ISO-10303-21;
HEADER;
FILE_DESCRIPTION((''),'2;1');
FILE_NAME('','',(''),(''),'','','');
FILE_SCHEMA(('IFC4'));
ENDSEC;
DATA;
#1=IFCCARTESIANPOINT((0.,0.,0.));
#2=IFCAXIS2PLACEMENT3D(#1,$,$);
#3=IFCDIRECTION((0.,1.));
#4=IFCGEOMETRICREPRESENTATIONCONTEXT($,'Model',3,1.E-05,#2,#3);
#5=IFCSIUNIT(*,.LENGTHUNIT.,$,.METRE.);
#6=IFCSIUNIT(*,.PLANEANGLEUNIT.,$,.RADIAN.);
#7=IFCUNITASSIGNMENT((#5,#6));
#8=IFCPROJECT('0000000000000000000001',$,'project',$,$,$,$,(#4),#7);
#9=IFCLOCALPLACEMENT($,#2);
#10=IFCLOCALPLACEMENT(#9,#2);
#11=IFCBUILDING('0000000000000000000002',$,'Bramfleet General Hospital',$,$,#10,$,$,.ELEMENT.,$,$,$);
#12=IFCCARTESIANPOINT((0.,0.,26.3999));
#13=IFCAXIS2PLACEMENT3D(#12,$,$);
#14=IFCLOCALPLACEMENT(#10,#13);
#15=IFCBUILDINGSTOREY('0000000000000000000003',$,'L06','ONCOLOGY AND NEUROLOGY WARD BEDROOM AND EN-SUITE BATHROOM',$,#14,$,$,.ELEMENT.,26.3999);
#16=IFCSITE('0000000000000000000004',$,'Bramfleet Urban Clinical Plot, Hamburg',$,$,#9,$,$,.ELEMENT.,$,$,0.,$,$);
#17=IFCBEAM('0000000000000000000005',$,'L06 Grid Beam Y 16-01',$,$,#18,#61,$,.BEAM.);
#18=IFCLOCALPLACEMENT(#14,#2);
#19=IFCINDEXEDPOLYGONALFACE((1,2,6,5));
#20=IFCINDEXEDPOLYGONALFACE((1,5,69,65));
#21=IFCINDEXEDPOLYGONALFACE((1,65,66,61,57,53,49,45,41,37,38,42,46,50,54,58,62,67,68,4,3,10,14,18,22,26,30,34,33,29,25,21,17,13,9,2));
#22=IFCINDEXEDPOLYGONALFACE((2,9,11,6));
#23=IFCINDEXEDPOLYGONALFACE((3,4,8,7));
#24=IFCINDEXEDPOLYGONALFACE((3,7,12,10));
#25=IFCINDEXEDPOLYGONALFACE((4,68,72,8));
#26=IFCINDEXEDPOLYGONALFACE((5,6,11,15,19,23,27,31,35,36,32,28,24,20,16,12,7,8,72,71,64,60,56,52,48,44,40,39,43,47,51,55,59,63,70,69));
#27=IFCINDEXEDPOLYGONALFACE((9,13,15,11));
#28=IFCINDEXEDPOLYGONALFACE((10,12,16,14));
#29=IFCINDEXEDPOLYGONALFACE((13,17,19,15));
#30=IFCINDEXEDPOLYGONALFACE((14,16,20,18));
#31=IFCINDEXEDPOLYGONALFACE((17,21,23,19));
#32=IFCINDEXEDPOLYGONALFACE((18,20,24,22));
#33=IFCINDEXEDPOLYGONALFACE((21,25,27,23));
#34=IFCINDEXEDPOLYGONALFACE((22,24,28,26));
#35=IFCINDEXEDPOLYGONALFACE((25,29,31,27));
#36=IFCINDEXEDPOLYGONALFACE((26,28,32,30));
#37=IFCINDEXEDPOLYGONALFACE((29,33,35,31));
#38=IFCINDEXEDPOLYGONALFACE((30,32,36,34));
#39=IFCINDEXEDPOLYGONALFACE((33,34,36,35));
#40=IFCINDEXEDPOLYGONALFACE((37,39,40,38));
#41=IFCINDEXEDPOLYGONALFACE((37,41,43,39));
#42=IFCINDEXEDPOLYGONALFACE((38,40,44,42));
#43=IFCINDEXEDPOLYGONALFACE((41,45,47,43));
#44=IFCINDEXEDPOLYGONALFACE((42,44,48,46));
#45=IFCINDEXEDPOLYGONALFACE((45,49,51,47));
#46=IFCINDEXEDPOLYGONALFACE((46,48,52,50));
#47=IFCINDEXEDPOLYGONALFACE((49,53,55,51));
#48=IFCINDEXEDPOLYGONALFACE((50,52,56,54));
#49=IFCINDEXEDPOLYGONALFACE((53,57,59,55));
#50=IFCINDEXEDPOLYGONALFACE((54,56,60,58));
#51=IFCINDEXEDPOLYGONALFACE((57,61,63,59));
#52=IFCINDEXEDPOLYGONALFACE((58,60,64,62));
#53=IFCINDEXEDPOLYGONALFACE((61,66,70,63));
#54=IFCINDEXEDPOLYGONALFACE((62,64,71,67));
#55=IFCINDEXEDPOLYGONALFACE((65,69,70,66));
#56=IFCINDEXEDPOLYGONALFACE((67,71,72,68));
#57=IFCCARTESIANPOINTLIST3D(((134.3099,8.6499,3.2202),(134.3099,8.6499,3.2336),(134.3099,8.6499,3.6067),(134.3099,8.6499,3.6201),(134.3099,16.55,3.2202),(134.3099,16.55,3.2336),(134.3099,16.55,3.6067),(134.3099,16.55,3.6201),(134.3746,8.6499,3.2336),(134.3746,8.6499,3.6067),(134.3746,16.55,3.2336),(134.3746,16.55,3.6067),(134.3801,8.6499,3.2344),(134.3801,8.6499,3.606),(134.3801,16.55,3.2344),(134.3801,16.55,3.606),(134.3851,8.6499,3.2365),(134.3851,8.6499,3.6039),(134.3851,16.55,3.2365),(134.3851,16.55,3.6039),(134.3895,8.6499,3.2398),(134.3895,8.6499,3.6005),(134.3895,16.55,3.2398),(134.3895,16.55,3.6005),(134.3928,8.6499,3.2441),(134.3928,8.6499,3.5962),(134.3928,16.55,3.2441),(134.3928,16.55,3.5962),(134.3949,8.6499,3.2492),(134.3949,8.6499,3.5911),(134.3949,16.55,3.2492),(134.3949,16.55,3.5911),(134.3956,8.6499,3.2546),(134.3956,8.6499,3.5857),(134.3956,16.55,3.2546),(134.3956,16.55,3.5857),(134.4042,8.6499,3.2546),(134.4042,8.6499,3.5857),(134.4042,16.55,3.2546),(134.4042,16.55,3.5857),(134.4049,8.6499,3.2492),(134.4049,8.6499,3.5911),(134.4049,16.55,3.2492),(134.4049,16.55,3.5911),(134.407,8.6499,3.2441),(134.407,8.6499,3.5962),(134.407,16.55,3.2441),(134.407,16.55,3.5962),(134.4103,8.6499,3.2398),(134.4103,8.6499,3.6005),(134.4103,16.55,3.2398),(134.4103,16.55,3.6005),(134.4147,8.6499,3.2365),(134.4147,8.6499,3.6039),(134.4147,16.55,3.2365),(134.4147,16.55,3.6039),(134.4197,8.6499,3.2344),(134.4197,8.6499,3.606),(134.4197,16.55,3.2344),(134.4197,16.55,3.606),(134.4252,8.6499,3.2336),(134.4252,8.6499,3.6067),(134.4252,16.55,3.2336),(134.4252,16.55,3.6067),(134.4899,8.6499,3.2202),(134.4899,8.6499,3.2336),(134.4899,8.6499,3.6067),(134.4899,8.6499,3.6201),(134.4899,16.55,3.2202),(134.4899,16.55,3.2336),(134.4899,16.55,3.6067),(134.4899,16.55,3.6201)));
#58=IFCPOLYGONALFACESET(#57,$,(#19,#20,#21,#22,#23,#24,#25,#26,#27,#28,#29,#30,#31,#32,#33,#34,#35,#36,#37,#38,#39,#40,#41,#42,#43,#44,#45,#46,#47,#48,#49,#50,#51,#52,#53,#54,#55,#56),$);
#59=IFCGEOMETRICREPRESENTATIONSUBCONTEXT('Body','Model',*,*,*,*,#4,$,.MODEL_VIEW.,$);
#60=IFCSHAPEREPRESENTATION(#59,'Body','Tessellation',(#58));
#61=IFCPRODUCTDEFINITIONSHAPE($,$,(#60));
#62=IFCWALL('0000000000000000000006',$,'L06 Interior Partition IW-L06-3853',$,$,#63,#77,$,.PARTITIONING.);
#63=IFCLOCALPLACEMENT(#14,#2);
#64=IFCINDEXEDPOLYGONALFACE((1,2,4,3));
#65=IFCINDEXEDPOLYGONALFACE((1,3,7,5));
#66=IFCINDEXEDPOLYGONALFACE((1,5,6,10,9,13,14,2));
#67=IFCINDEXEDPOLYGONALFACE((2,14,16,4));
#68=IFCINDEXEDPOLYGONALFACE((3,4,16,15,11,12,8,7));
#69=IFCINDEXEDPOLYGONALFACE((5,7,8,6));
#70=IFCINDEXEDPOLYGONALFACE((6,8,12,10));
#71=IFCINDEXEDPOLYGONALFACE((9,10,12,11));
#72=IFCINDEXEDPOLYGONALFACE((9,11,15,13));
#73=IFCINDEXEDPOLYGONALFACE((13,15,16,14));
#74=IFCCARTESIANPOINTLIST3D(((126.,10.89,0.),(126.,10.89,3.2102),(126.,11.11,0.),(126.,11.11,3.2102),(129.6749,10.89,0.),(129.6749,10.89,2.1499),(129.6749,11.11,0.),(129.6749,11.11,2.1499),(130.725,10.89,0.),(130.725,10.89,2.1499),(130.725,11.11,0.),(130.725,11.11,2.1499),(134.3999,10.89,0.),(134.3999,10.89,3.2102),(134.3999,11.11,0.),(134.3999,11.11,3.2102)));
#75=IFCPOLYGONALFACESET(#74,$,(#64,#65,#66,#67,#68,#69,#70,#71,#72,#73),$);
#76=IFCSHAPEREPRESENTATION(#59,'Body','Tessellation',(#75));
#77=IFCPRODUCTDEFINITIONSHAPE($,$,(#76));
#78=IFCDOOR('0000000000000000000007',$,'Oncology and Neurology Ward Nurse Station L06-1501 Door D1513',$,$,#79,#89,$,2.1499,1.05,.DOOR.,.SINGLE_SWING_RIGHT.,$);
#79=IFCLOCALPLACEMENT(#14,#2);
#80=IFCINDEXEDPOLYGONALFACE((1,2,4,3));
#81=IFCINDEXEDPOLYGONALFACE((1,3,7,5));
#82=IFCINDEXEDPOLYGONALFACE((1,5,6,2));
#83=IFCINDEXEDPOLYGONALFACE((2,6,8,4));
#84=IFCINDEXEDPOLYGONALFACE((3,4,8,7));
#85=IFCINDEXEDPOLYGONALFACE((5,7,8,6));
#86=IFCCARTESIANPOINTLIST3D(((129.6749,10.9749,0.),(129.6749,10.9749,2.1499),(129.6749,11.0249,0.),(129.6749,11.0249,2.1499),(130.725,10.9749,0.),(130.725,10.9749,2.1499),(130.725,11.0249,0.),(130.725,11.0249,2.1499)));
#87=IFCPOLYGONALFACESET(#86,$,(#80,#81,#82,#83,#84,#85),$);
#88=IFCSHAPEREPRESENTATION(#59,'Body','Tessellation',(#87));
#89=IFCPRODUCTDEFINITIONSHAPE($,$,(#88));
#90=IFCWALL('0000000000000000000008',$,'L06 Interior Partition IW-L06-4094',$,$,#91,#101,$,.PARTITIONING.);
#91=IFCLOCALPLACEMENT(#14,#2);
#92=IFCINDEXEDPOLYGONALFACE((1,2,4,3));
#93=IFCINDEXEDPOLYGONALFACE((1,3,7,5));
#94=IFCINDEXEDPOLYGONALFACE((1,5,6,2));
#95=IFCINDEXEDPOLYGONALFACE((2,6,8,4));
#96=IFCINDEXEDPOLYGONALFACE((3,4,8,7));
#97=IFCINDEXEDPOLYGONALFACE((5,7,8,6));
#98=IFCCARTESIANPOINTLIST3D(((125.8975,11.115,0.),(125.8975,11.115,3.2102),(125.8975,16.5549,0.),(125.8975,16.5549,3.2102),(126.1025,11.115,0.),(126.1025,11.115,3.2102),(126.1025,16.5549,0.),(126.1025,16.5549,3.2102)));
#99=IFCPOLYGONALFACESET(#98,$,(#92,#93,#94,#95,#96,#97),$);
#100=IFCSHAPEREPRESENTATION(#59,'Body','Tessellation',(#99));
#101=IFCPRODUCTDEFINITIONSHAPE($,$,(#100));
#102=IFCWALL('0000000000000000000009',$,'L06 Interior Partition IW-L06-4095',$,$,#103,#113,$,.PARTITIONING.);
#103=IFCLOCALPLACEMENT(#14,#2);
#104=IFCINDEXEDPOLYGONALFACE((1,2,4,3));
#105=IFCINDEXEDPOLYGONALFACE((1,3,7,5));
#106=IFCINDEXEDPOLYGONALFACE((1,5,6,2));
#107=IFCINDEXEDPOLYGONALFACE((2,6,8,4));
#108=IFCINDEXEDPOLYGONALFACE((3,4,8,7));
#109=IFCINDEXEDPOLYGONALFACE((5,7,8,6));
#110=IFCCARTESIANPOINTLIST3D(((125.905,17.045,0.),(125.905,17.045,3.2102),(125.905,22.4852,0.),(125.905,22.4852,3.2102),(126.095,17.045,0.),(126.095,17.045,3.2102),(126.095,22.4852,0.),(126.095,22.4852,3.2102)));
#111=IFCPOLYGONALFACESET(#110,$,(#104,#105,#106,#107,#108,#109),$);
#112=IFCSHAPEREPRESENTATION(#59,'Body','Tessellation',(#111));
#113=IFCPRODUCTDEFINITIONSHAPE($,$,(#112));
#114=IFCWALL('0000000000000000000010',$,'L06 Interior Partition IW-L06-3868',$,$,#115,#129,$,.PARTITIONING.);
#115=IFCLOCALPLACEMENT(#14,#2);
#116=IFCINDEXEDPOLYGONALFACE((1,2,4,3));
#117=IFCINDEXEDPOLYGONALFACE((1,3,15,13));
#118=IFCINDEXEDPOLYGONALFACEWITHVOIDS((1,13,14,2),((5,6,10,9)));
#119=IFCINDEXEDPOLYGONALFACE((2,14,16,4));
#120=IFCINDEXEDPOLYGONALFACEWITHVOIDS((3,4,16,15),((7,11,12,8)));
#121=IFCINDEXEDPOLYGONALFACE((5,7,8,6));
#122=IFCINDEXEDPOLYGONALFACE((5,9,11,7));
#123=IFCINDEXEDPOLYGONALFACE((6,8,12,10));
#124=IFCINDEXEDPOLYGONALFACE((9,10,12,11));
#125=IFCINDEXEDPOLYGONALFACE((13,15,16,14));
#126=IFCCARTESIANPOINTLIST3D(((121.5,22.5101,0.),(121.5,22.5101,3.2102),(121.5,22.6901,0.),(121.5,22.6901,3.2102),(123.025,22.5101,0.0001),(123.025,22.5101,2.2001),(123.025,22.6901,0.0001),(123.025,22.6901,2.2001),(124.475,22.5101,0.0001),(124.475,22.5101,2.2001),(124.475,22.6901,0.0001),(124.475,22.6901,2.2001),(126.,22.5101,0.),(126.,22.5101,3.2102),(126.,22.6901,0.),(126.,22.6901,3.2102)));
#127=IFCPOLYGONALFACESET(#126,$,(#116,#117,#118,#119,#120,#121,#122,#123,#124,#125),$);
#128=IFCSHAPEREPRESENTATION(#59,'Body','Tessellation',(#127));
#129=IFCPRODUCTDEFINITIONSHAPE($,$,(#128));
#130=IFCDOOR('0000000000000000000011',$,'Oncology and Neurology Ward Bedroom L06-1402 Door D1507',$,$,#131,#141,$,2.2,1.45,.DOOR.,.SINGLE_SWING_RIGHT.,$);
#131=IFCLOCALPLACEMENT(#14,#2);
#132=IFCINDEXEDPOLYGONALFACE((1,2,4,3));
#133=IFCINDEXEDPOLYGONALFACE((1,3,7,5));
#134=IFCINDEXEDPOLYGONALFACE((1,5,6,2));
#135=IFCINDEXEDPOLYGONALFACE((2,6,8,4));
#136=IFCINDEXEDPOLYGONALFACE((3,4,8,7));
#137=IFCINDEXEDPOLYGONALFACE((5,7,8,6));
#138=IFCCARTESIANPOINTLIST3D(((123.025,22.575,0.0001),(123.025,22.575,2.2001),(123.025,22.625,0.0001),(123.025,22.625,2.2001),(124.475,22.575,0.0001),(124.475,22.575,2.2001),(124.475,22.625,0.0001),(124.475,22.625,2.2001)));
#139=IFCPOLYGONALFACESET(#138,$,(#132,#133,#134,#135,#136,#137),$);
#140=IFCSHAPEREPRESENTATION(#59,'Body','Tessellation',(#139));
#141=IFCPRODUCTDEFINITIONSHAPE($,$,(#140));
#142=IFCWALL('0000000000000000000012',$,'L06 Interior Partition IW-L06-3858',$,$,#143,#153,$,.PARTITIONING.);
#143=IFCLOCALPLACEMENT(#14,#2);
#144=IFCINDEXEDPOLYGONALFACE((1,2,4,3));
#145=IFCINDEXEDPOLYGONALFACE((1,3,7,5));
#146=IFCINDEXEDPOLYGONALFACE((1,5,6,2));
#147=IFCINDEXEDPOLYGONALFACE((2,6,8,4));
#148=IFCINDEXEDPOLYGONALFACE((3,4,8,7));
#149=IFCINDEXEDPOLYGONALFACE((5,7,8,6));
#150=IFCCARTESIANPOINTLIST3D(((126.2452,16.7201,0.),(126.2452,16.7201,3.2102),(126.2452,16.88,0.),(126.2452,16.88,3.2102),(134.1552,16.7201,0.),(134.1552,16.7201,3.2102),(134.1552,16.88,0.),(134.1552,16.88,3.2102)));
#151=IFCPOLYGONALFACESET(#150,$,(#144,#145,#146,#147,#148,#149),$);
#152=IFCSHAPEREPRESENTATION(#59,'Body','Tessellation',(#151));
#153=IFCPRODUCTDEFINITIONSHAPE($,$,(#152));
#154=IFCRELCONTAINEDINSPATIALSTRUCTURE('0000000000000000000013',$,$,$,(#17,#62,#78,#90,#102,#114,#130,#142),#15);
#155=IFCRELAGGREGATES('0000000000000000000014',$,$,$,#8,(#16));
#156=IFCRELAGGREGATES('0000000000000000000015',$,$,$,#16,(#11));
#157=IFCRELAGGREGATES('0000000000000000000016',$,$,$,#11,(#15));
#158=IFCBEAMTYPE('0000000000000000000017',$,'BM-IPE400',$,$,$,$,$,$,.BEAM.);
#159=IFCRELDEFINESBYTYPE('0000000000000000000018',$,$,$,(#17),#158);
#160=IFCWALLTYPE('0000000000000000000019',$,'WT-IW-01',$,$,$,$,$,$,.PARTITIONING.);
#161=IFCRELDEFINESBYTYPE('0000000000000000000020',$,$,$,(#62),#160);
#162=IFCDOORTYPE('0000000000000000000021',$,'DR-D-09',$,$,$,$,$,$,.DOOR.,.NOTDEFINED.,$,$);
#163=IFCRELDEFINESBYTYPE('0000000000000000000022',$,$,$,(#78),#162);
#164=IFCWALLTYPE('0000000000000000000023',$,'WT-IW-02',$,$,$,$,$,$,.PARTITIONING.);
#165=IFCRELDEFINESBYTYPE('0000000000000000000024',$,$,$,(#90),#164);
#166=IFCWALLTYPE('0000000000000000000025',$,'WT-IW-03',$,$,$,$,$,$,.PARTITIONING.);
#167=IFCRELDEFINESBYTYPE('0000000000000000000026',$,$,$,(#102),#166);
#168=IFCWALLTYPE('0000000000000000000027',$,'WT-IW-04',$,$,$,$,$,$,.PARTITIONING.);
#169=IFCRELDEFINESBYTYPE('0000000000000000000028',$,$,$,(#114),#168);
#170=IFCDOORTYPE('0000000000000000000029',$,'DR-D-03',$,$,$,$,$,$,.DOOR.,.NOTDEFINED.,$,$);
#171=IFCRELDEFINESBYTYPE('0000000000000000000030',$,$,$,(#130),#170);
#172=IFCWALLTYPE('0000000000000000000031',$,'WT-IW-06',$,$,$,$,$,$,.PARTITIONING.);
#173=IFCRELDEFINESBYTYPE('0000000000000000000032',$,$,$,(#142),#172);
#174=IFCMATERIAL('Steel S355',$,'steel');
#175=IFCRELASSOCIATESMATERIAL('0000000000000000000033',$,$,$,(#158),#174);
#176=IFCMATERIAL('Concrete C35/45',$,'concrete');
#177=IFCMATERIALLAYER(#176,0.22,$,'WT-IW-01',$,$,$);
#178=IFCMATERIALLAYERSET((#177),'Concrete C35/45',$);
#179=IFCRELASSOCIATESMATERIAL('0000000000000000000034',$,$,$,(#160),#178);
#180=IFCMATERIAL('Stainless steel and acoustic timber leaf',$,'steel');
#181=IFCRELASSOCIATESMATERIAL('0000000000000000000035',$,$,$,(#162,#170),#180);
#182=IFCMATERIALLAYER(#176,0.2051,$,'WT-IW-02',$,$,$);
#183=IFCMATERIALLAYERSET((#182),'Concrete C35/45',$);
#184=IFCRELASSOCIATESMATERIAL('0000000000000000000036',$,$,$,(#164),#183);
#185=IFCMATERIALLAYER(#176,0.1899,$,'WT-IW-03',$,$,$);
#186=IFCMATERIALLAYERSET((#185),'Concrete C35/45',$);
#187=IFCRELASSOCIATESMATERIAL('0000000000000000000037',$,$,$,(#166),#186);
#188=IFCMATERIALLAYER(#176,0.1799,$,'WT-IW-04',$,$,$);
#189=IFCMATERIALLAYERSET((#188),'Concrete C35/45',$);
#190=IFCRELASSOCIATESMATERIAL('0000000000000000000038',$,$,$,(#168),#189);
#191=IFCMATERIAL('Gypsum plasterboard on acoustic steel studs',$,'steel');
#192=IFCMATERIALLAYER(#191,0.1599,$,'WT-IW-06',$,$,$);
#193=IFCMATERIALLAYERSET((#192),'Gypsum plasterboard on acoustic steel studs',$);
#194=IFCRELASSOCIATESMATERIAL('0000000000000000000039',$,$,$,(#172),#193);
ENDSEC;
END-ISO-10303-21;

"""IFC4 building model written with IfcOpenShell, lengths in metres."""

from ifc_helpers import new_model, si_unit, direction, frame, frame_2d, origin, origin_2d, place, context, subcontext, project, spatial, rectangle, i_section, extrude, material, layer, layer_set, material_profile, profile_set, type_object, element, fill, save


model = new_model("IFC4")

# Units and contexts
model_context = context("Model", 3, precision=1e-05, world=origin(), true_north=direction((0.0, 1.0)))
body_context = subcontext(model_context, "Body", "Model", "MODEL_VIEW")
ifc_project = project(units=[si_unit("LENGTHUNIT", "METRE"), si_unit("PLANEANGLEUNIT", "RADIAN")], contexts=[model_context])

# Site, building, storey
site_placement = place(None, origin())
site = spatial("IfcSite", under=ifc_project, at=site_placement, Name="Bramfleet Urban Clinical Plot, Hamburg", CompositionType="ELEMENT", RefElevation=0.0)
building_placement = place(site_placement, origin())
building = spatial("IfcBuilding", under=site, at=building_placement, Name="Bramfleet General Hospital", CompositionType="ELEMENT")
storey_placement = place(building_placement, frame((0.0, 0.0, 26.3999)))
storey = spatial("IfcBuildingStorey", under=building, at=storey_placement, Name="L06", Description="ONCOLOGY AND NEUROLOGY WARD BEDROOM AND EN-SUITE BATHROOM", CompositionType="ELEMENT", Elevation=26.3999)

# Beam
ifc_material_1 = material(Name="Steel S355", Category="steel")
ifc_material_profile_1 = material_profile(ifc_material_1, i_section(OverallWidth=0.1799, OverallDepth=0.3999, WebThickness=0.0085, FlangeThickness=0.0134, FilletRadius=0.021, at=origin_2d()), Name="IPE 400")
ifc_profile_set_1 = profile_set([ifc_material_profile_1], Name="Steel S355")
beam_type_1 = type_object("IfcBeamType", Name="BM-IPE400", PredefinedType="BEAM", material=ifc_profile_set_1)
beam_1_placement = place(storey_placement, frame((134.3999, 8.6499, 3.4202), z_axis=(0.0, 1.0, 0.0), x_axis=(-1.0, 0.0, 0.0)))
element("IfcBeam", 1, at=beam_1_placement, inside=storey, type_object=beam_type_1, Name="L06 Grid Beam Y 16-01", PredefinedType="BEAM", context=body_context, shape_type="SweptSolid", body=[
    extrude(i_section(OverallWidth=0.1799, OverallDepth=0.3999, WebThickness=0.0085, FlangeThickness=0.0134, FilletRadius=0.021, at=origin_2d()), origin(), (0.0, 0.0, 1.0), 7.9001),
])

# Wall, opening, door
ifc_material_2 = material(Name="Concrete C35/45", Category="concrete")
ifc_layer_1 = layer(ifc_material_2, 0.22, Name="WT-IW-01")
ifc_layer_set_1 = layer_set([ifc_layer_1], Name="Concrete C35/45")
wall_type_1 = type_object("IfcWallType", Name="WT-IW-01", PredefinedType="PARTITIONING", material=ifc_layer_set_1)
wall_1_placement = place(storey_placement, frame((126.0, 11.0, 0.0), z_axis=(0.0, 0.0, 1.0), x_axis=(1.0, 0.0, 0.0)))
wall_1 = element("IfcWall", 2, at=wall_1_placement, inside=storey, type_object=wall_type_1, Name="L06 Interior Partition IW-L06-3853", PredefinedType="PARTITIONING", context=body_context, shape_type="SweptSolid", body=[
    extrude(rectangle(XDim=8.3999, YDim=0.22, at=frame_2d((4.2, 0.0))), origin(), (0.0, 0.0, 1.0), 3.2102),
])
opening_1_placement = place(wall_1_placement, frame((3.675, 0.0, 0.0)))
opening_1 = element("IfcOpeningElement", 3, at=opening_1_placement, cuts=wall_1, PredefinedType="OPENING", context=body_context, shape_type="SweptSolid", body=[
    extrude(rectangle(XDim=1.05, YDim=2.1499, at=frame_2d((0.5249, 1.075))), frame((0.0, 0.1199, 0.0), z_axis=(0.0, -1.0, 0.0), x_axis=(1.0, 0.0, 0.0)), (0.0, 0.0, 1.0), 0.24),
])
ifc_material_3 = material(Name="Stainless steel and acoustic timber leaf", Category="steel")
door_type_1 = type_object("IfcDoorType", Name="DR-D-09", OperationType="NOTDEFINED", PredefinedType="DOOR", material=ifc_material_3)
door_1_placement = place(opening_1_placement, origin())
door_1 = element("IfcDoor", 4, at=door_1_placement, inside=storey, type_object=door_type_1, Name="Oncology and Neurology Ward Nurse Station L06-1501 Door D1513", OperationType="SINGLE_SWING_RIGHT", OverallHeight=2.1499, OverallWidth=1.05, PredefinedType="DOOR", context=body_context, shape_type="SweptSolid", body=[
    extrude(rectangle(XDim=1.05, YDim=2.1499, at=frame_2d((0.5249, 1.075))), frame((0.0, 0.0249, 0.0), z_axis=(0.0, -1.0, 0.0), x_axis=(1.0, 0.0, 0.0)), (0.0, 0.0, 1.0), 0.05),
])
fill(opening_1, door_1)

# Walls
ifc_layer_2 = layer(ifc_material_2, 0.2051, Name="WT-IW-02")
ifc_layer_set_2 = layer_set([ifc_layer_2], Name="Concrete C35/45")
wall_type_2 = type_object("IfcWallType", Name="WT-IW-02", PredefinedType="PARTITIONING", material=ifc_layer_set_2)
wall_2_placement = place(storey_placement, frame((126.0, 11.115, 0.0), z_axis=(0.0, 0.0, 1.0), x_axis=(0.0, 1.0, 0.0)))
element("IfcWall", 5, at=wall_2_placement, inside=storey, type_object=wall_type_2, Name="L06 Interior Partition IW-L06-4094", PredefinedType="PARTITIONING", context=body_context, shape_type="SweptSolid", body=[
    extrude(rectangle(XDim=5.4399, YDim=0.2051, at=frame_2d((2.72, 0.0))), origin(), (0.0, 0.0, 1.0), 3.2102),
])
ifc_layer_3 = layer(ifc_material_2, 0.1899, Name="WT-IW-03")
ifc_layer_set_3 = layer_set([ifc_layer_3], Name="Concrete C35/45")
wall_type_3 = type_object("IfcWallType", Name="WT-IW-03", PredefinedType="PARTITIONING", material=ifc_layer_set_3)
wall_3_placement = place(storey_placement, frame((126.0, 17.0449, 0.0), z_axis=(0.0, 0.0, 1.0), x_axis=(0.0, 1.0, 0.0)))
element("IfcWall", 6, at=wall_3_placement, inside=storey, type_object=wall_type_3, Name="L06 Interior Partition IW-L06-4095", PredefinedType="PARTITIONING", context=body_context, shape_type="SweptSolid", body=[
    extrude(rectangle(XDim=5.4402, YDim=0.1899, at=frame_2d((2.7202, 0.0))), origin(), (0.0, 0.0, 1.0), 3.2102),
])

# Wall, opening, door
ifc_layer_4 = layer(ifc_material_2, 0.1799, Name="WT-IW-04")
ifc_layer_set_4 = layer_set([ifc_layer_4], Name="Concrete C35/45")
wall_type_4 = type_object("IfcWallType", Name="WT-IW-04", PredefinedType="PARTITIONING", material=ifc_layer_set_4)
wall_4_placement = place(storey_placement, frame((121.5, 22.6001, 0.0), z_axis=(0.0, 0.0, 1.0), x_axis=(1.0, 0.0, 0.0)))
wall_4 = element("IfcWall", 7, at=wall_4_placement, inside=storey, type_object=wall_type_4, Name="L06 Interior Partition IW-L06-3868", PredefinedType="PARTITIONING", context=body_context, shape_type="SweptSolid", body=[
    extrude(rectangle(XDim=4.5, YDim=0.1799, at=frame_2d((2.25, 0.0))), origin(), (0.0, 0.0, 1.0), 3.2102),
])
opening_2_placement = place(wall_4_placement, frame((1.5249, 0.0, 0.0)))
opening_2 = element("IfcOpeningElement", 8, at=opening_2_placement, cuts=wall_4, PredefinedType="OPENING", context=body_context, shape_type="SweptSolid", body=[
    extrude(rectangle(XDim=1.45, YDim=2.2, at=frame_2d((0.7251, 1.1001))), frame((0.0, 0.0999, 0.0), z_axis=(0.0, -1.0, 0.0), x_axis=(1.0, 0.0, 0.0)), (0.0, 0.0, 1.0), 0.2),
])
door_type_2 = type_object("IfcDoorType", Name="DR-D-03", OperationType="NOTDEFINED", PredefinedType="DOOR", material=ifc_material_3)
door_2_placement = place(opening_2_placement, origin())
door_2 = element("IfcDoor", 9, at=door_2_placement, inside=storey, type_object=door_type_2, Name="Oncology and Neurology Ward Bedroom L06-1402 Door D1507", OperationType="SINGLE_SWING_RIGHT", OverallHeight=2.2, OverallWidth=1.45, PredefinedType="DOOR", context=body_context, shape_type="SweptSolid", body=[
    extrude(rectangle(XDim=1.45, YDim=2.2, at=frame_2d((0.7251, 1.1001))), frame((0.0, 0.0249, 0.0), z_axis=(0.0, -1.0, 0.0), x_axis=(1.0, 0.0, 0.0)), (0.0, 0.0, 1.0), 0.05),
])
fill(opening_2, door_2)

# Wall
ifc_material_4 = material(Name="Gypsum plasterboard on acoustic steel studs", Category="steel")
ifc_layer_5 = layer(ifc_material_4, 0.1599, Name="WT-IW-06")
ifc_layer_set_5 = layer_set([ifc_layer_5], Name="Gypsum plasterboard on acoustic steel studs")
wall_type_5 = type_object("IfcWallType", Name="WT-IW-06", PredefinedType="PARTITIONING", material=ifc_layer_set_5)
wall_5_placement = place(storey_placement, frame((126.2451, 16.8, 0.0), z_axis=(0.0, 0.0, 1.0), x_axis=(1.0, 0.0, 0.0)))
element("IfcWall", 10, at=wall_5_placement, inside=storey, type_object=wall_type_5, Name="L06 Interior Partition IW-L06-3858", PredefinedType="PARTITIONING", context=body_context, shape_type="SweptSolid", body=[
    extrude(rectangle(XDim=7.9099, YDim=0.1599, at=frame_2d((3.9551, 0.0))), origin(), (0.0, 0.0, 1.0), 3.2102),
])

save(model, "model.ifc")
